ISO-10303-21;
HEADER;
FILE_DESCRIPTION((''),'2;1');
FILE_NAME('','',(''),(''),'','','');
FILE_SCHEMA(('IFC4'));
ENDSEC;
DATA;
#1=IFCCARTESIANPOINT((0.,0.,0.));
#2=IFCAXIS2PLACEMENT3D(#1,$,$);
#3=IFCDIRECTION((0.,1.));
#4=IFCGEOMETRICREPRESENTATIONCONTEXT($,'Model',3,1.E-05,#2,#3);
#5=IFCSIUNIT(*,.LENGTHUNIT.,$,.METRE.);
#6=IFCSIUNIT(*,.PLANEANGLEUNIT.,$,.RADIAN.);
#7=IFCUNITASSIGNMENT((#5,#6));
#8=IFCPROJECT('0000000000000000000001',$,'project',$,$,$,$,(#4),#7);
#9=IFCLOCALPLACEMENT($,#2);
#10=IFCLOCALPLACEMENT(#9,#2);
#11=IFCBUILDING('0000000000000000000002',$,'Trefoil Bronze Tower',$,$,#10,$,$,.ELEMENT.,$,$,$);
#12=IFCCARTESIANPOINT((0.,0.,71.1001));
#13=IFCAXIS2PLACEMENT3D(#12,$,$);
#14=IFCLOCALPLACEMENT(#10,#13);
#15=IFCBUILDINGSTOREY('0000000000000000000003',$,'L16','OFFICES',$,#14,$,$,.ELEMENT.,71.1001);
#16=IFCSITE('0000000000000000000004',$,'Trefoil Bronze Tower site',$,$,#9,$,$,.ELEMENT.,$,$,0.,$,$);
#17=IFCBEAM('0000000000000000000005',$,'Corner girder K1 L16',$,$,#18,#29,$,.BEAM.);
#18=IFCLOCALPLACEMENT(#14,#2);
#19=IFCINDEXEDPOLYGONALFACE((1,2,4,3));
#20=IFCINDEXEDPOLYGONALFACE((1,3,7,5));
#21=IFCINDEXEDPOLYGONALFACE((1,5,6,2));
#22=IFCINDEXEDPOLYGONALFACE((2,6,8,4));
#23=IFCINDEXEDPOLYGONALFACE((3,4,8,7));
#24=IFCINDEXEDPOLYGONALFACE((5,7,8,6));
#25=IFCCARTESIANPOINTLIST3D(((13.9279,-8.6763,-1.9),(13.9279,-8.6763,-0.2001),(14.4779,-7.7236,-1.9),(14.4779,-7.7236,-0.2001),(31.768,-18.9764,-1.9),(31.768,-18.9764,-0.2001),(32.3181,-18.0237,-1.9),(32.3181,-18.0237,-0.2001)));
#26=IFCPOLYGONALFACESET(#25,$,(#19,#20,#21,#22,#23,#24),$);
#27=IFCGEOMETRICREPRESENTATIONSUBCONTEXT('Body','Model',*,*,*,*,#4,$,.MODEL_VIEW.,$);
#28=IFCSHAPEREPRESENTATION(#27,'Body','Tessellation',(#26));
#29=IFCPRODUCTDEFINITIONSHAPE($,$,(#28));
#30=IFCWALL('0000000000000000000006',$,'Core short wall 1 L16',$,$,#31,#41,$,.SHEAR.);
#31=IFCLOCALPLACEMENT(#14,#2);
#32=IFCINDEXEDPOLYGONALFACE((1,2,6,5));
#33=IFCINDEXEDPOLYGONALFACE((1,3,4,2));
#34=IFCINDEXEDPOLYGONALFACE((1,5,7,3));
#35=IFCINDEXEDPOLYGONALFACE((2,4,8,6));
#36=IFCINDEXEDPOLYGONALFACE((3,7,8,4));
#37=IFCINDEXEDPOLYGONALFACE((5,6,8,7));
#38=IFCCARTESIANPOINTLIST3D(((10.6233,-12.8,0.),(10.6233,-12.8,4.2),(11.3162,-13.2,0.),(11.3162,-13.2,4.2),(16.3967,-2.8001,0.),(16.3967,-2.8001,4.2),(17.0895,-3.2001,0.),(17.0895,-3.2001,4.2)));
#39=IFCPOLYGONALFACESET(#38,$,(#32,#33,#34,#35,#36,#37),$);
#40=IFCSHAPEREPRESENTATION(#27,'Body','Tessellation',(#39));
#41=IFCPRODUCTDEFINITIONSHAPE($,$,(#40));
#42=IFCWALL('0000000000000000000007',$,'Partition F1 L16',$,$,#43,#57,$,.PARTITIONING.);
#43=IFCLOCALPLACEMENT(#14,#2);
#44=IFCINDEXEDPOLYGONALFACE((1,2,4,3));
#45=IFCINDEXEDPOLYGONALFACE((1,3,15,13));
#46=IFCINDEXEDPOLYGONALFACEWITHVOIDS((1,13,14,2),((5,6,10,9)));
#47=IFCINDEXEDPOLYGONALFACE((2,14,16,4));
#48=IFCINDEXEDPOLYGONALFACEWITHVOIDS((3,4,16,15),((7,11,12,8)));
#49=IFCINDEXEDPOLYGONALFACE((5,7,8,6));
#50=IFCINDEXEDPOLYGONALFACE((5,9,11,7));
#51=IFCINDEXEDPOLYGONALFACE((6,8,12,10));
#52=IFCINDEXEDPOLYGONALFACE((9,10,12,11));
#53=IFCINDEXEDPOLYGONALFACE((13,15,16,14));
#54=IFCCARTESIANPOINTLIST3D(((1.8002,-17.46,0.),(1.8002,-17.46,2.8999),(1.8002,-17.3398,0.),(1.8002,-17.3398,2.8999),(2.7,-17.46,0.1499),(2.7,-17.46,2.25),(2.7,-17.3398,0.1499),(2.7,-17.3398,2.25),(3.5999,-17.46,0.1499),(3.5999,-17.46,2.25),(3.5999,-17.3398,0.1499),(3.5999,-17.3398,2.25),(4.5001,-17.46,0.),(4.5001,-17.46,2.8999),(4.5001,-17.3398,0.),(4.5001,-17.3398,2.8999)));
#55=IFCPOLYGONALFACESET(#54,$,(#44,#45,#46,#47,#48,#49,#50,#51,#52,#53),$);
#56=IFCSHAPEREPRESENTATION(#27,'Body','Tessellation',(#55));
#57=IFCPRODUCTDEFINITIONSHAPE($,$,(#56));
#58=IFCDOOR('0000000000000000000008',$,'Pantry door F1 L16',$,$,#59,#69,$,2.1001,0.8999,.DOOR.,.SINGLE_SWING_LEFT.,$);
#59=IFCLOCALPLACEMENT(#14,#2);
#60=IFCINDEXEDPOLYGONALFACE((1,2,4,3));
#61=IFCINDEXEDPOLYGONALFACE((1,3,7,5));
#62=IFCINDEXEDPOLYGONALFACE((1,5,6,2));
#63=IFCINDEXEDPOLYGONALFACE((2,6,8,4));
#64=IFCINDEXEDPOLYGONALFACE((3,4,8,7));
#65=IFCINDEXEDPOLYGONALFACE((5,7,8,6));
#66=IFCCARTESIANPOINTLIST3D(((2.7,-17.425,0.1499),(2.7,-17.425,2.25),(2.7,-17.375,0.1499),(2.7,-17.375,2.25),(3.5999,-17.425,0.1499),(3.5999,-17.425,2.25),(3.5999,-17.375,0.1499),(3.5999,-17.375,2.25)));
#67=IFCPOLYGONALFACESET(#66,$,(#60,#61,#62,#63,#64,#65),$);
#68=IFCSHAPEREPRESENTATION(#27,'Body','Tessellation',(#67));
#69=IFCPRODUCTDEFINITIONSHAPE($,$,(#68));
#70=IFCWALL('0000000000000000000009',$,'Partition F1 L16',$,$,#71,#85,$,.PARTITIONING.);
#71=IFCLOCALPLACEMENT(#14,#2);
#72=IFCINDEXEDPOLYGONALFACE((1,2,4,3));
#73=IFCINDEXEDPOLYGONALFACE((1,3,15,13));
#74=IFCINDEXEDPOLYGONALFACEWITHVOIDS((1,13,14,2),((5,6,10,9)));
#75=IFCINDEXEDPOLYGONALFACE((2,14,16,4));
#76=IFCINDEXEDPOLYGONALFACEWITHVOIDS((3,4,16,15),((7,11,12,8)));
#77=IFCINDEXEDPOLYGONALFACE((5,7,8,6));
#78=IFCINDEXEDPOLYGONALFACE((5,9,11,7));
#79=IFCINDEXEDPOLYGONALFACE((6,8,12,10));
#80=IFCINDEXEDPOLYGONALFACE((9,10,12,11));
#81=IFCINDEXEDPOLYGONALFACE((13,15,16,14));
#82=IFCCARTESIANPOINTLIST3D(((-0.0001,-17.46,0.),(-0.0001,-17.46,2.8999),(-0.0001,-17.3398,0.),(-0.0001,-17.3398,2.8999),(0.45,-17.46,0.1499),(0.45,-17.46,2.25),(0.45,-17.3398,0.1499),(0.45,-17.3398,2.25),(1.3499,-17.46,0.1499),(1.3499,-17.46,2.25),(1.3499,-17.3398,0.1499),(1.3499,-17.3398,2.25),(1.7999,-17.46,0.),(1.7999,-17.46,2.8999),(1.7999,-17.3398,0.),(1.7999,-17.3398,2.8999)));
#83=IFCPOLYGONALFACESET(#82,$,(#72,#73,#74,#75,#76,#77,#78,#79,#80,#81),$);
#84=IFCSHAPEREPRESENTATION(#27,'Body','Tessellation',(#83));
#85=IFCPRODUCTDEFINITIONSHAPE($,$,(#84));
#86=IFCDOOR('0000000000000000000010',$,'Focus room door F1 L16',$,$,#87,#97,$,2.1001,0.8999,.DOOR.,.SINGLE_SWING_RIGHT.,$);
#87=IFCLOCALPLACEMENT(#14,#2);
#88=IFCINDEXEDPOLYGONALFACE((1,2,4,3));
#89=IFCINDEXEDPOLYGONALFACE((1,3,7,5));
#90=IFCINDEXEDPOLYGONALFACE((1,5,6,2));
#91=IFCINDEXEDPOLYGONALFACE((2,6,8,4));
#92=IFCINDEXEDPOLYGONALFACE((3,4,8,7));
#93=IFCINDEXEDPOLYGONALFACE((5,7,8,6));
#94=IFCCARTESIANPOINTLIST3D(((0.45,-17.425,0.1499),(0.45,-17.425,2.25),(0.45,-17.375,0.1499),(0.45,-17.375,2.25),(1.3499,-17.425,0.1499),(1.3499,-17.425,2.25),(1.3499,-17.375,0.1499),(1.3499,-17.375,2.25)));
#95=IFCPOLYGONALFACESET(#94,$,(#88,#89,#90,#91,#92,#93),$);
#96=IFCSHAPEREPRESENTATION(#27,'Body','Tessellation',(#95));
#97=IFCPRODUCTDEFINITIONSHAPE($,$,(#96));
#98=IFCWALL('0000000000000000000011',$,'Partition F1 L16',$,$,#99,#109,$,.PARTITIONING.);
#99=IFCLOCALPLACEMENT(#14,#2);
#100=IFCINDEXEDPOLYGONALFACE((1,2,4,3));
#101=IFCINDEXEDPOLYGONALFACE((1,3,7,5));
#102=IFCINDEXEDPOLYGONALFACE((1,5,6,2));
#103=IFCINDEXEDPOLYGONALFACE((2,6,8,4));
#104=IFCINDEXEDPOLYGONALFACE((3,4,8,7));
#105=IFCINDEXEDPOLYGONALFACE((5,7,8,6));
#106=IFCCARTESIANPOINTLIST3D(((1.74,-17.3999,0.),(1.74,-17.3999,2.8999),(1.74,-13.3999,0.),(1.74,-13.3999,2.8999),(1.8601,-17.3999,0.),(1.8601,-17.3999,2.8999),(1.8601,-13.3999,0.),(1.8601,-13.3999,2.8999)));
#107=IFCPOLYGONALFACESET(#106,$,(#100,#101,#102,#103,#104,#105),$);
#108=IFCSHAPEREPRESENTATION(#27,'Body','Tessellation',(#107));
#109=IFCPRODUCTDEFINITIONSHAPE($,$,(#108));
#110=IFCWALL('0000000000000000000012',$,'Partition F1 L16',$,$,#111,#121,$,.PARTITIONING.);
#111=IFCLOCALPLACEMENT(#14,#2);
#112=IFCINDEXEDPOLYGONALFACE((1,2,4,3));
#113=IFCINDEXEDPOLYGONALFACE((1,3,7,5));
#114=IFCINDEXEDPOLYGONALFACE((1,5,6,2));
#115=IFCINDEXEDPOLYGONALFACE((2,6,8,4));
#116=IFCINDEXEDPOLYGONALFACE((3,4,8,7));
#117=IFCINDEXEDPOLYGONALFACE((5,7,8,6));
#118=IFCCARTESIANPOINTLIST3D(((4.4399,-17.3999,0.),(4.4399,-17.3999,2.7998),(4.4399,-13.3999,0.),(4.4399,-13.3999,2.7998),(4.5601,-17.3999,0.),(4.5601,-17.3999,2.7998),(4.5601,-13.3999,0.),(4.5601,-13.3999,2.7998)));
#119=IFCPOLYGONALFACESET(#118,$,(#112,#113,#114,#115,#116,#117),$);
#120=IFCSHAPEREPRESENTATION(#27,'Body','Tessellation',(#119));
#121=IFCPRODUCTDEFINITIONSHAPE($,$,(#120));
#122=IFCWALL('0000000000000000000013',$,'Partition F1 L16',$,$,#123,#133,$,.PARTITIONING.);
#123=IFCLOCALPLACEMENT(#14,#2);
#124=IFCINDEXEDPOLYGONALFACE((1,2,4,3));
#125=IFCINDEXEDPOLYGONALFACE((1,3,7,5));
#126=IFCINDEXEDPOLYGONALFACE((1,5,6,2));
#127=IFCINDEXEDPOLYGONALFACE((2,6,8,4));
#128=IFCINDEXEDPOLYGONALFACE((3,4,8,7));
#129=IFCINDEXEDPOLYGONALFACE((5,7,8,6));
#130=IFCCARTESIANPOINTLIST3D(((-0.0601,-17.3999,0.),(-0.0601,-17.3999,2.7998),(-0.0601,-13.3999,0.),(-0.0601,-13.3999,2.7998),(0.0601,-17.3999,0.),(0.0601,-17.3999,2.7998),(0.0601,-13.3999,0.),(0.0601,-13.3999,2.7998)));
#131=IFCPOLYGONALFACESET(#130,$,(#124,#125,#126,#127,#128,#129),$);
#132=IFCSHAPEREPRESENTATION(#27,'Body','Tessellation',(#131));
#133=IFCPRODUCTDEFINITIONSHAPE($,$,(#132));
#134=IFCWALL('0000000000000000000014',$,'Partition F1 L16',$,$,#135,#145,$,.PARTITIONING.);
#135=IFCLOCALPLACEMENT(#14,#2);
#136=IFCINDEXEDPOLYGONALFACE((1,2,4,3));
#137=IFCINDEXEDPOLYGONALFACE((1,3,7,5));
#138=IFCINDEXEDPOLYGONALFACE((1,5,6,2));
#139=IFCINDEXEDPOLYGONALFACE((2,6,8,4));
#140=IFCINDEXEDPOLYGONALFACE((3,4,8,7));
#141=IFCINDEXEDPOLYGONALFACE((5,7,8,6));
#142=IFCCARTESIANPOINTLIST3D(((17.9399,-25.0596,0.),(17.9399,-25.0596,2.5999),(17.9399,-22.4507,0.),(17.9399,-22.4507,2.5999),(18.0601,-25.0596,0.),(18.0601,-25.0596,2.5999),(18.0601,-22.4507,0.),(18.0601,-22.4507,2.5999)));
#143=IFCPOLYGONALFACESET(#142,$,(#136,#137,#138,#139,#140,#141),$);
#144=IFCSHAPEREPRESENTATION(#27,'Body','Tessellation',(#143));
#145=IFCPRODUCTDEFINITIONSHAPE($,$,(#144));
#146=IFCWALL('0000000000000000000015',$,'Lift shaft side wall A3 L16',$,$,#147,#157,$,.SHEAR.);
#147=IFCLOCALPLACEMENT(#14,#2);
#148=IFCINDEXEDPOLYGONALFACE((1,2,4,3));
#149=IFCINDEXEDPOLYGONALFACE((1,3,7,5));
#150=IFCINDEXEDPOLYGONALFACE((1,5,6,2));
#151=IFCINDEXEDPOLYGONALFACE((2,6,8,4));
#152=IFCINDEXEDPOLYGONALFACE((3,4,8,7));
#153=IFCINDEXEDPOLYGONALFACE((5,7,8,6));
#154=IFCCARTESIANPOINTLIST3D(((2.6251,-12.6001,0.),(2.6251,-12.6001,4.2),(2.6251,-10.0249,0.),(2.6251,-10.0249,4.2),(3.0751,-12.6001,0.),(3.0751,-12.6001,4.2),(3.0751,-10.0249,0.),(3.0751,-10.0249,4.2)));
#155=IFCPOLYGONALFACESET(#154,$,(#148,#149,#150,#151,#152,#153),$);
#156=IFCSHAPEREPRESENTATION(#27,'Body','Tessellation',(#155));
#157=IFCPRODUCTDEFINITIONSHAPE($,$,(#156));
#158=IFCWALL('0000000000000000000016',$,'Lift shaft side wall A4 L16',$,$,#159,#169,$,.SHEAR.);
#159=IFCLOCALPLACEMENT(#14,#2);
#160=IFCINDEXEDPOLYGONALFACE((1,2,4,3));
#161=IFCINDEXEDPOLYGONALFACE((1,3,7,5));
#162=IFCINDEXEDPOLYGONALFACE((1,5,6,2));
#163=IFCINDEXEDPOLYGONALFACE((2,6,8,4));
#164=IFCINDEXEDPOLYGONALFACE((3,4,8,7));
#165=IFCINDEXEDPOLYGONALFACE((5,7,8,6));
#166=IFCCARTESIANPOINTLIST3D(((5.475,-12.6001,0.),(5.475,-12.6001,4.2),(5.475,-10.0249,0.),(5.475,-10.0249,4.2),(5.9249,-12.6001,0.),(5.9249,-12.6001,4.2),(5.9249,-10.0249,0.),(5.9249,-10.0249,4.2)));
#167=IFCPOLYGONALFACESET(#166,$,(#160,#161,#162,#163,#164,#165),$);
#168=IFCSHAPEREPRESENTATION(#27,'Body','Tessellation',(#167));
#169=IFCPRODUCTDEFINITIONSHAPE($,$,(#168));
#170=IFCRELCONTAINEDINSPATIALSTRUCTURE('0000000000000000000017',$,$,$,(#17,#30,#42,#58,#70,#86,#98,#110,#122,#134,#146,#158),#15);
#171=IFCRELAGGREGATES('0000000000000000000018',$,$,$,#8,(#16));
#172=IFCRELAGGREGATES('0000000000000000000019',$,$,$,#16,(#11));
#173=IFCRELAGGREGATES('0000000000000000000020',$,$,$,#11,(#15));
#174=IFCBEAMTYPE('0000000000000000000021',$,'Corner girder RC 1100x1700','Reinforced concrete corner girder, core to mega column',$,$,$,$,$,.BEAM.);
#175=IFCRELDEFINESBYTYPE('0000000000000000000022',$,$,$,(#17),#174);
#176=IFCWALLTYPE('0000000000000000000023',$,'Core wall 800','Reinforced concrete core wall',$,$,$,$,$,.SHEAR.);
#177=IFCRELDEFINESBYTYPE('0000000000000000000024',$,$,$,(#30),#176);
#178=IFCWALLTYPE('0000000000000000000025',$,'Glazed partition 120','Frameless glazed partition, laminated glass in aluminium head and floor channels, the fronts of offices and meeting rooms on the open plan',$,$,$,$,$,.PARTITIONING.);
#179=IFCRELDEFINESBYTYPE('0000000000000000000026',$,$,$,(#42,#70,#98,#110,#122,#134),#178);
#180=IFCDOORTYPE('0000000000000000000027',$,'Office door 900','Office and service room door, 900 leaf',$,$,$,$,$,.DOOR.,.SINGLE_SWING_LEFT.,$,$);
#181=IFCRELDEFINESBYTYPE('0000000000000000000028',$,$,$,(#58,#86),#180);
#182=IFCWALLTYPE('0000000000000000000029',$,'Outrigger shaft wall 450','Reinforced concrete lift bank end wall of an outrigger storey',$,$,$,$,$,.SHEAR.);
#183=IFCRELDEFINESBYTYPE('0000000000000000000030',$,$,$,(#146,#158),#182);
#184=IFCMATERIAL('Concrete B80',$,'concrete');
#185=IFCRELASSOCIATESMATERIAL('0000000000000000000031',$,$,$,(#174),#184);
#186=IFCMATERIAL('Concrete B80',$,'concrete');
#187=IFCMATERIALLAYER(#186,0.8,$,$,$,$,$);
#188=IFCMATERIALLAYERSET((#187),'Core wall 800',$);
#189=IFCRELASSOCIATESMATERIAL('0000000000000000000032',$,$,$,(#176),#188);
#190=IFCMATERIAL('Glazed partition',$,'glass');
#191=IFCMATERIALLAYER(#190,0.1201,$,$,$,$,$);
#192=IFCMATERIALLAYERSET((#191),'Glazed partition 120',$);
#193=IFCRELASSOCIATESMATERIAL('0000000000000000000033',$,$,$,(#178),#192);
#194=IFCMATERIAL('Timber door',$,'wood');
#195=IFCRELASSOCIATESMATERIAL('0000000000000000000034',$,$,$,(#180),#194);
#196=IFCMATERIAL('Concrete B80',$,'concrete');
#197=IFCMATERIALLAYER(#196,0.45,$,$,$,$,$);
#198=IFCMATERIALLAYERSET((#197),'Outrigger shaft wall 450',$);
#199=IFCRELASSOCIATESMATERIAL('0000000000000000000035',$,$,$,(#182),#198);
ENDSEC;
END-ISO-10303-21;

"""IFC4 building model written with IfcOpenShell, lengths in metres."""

from ifc_helpers import new_model, si_unit, direction, frame, frame_2d, origin, origin_2d, place, context, subcontext, project, spatial, rectangle, extrude, material, layer, layer_set, material_profile, profile_set, type_object, element, fill, save


model = new_model("IFC4")

# Units and contexts
model_context = context("Model", 3, precision=1e-05, world=origin(), true_north=direction((0.0, 1.0)))
body_context = subcontext(model_context, "Body", "Model", "MODEL_VIEW")
ifc_project = project(units=[si_unit("LENGTHUNIT", "METRE"), si_unit("PLANEANGLEUNIT", "RADIAN")], contexts=[model_context])

# Site, building, storey
site_placement = place(None, origin())
site = spatial("IfcSite", under=ifc_project, at=site_placement, Name="Trefoil Bronze Tower site", CompositionType="ELEMENT", RefElevation=0.0)
building_placement = place(site_placement, origin())
building = spatial("IfcBuilding", under=site, at=building_placement, Name="Trefoil Bronze Tower", CompositionType="ELEMENT")
storey_placement = place(building_placement, frame((0.0, 0.0, 71.1001)))
storey = spatial("IfcBuildingStorey", under=building, at=storey_placement, Name="L16", Description="OFFICES", CompositionType="ELEMENT", Elevation=71.1001)

# Beam
ifc_material_1 = material(Name="Concrete B80", Category="concrete")
ifc_material_profile_1 = material_profile(ifc_material_1, rectangle(XDim=1.1001, YDim=1.7, at=origin_2d()), Name="RC 1100x1700")
ifc_profile_set_1 = profile_set([ifc_material_profile_1], Name="Concrete B80")
beam_type_1 = type_object("IfcBeamType", Name="Corner girder RC 1100x1700", Description="Reinforced concrete corner girder, core to mega column", PredefinedType="BEAM", material=ifc_profile_set_1)
beam_placement = place(storey_placement, frame((14.2029, -8.2, -1.05), z_axis=(0.866024, -0.500003, 0.0), x_axis=(0.500003, 0.866024, 0.0)))
element("IfcBeam", 1, at=beam_placement, inside=storey, type_object=beam_type_1, Name="Corner girder K1 L16", PredefinedType="BEAM", context=body_context, shape_type="SweptSolid", body=[
    extrude(rectangle(XDim=1.1001, YDim=1.7, at=origin_2d()), origin(), (0.0, 0.0, 1.0), 20.6001),
])

# Wall
ifc_material_2 = material(Name="Concrete B80", Category="concrete")
ifc_layer_1 = layer(ifc_material_2, 0.8)
ifc_layer_set_1 = layer_set([ifc_layer_1], Name="Core wall 800")
wall_type_1 = type_object("IfcWallType", Name="Core wall 800", Description="Reinforced concrete core wall", PredefinedType="SHEAR", material=ifc_layer_set_1)
wall_1_placement = place(storey_placement, frame((10.9697, -13.0, 0.0), z_axis=(0.0, 0.0, 1.0), x_axis=(0.499996, 0.866028, 0.0)))
element("IfcWall", 2, at=wall_1_placement, inside=storey, type_object=wall_type_1, Name="Core short wall 1 L16", PredefinedType="SHEAR", context=body_context, shape_type="SweptSolid", body=[
    extrude(rectangle(XDim=11.5469, YDim=0.8, at=frame_2d((5.7734, 0.0))), origin(), (0.0, 0.0, 1.0), 4.2),
])

# Walls, openings, doors
ifc_material_3 = material(Name="Glazed partition", Category="glass")
ifc_layer_2 = layer(ifc_material_3, 0.1201)
ifc_layer_set_2 = layer_set([ifc_layer_2], Name="Glazed partition 120")
wall_type_2 = type_object("IfcWallType", Name="Glazed partition 120", Description="Frameless glazed partition, laminated glass in aluminium head and floor channels, the fronts of offices and meeting rooms on the open plan", PredefinedType="PARTITIONING", material=ifc_layer_set_2)
wall_2_placement = place(storey_placement, frame((1.8, -17.3999, 0.0), z_axis=(0.0, 0.0, 1.0), x_axis=(1.0, 0.0, 0.0)))
wall_2 = element("IfcWall", 3, at=wall_2_placement, inside=storey, type_object=wall_type_2, Name="Partition F1 L16", PredefinedType="PARTITIONING", context=body_context, shape_type="SweptSolid", body=[
    extrude(rectangle(XDim=2.7, YDim=0.1201, at=frame_2d((1.3501, 0.0))), origin(), (0.0, 0.0, 1.0), 2.8999),
])
opening_1_placement = place(wall_2_placement, frame((0.8999, 0.0, 0.1499)))
opening_1 = element("IfcOpeningElement", 4, at=opening_1_placement, cuts=wall_2, PredefinedType="OPENING", context=body_context, shape_type="SweptSolid", body=[
    extrude(rectangle(XDim=0.8999, YDim=2.1001, at=frame_2d((0.45, 1.05))), frame((0.0, 0.0701, 0.0), z_axis=(0.0, -1.0, 0.0), x_axis=(1.0, 0.0, 0.0)), (0.0, 0.0, 1.0), 0.1401),
])
ifc_material_4 = material(Name="Timber door", Category="wood")
door_type_1 = type_object("IfcDoorType", Name="Office door 900", Description="Office and service room door, 900 leaf", OperationType="SINGLE_SWING_LEFT", PredefinedType="DOOR", material=ifc_material_4)
door_1_placement = place(opening_1_placement, origin())
door_1 = element("IfcDoor", 5, at=door_1_placement, inside=storey, type_object=door_type_1, Name="Pantry door F1 L16", OperationType="SINGLE_SWING_LEFT", OverallHeight=2.1001, OverallWidth=0.8999, PredefinedType="DOOR", context=body_context, shape_type="SweptSolid", body=[
    extrude(rectangle(XDim=0.8999, YDim=2.1001, at=frame_2d((0.45, 1.05))), frame((0.0, 0.0249, 0.0), z_axis=(0.0, -1.0, 0.0), x_axis=(1.0, 0.0, 0.0)), (0.0, 0.0, 1.0), 0.05),
])
fill(opening_1, door_1)
wall_3_placement = place(storey_placement, frame((0.0, -17.3999, 0.0), z_axis=(0.0, 0.0, 1.0), x_axis=(1.0, 0.0, 0.0)))
wall_3 = element("IfcWall", 6, at=wall_3_placement, inside=storey, type_object=wall_type_2, Name="Partition F1 L16", PredefinedType="PARTITIONING", context=body_context, shape_type="SweptSolid", body=[
    extrude(rectangle(XDim=1.8, YDim=0.1201, at=frame_2d((0.8999, 0.0))), origin(), (0.0, 0.0, 1.0), 2.8999),
])
opening_2_placement = place(wall_3_placement, frame((0.45, 0.0, 0.1499)))
opening_2 = element("IfcOpeningElement", 7, at=opening_2_placement, cuts=wall_3, PredefinedType="OPENING", context=body_context, shape_type="SweptSolid", body=[
    extrude(rectangle(XDim=0.8999, YDim=2.1001, at=frame_2d((0.45, 1.05))), frame((0.0, 0.0701, 0.0), z_axis=(0.0, -1.0, 0.0), x_axis=(1.0, 0.0, 0.0)), (0.0, 0.0, 1.0), 0.1401),
])
door_2_placement = place(opening_2_placement, origin())
door_2 = element("IfcDoor", 8, at=door_2_placement, inside=storey, type_object=door_type_1, Name="Focus room door F1 L16", OperationType="SINGLE_SWING_RIGHT", OverallHeight=2.1001, OverallWidth=0.8999, PredefinedType="DOOR", context=body_context, shape_type="SweptSolid", body=[
    extrude(rectangle(XDim=0.8999, YDim=2.1001, at=frame_2d((0.45, 1.05))), frame((0.0, 0.0249, 0.0), z_axis=(0.0, -1.0, 0.0), x_axis=(1.0, 0.0, 0.0)), (0.0, 0.0, 1.0), 0.05),
])
fill(opening_2, door_2)

# Walls
wall_4_placement = place(storey_placement, frame((1.8, -13.3999, 0.0), z_axis=(0.0, 0.0, 1.0), x_axis=(0.0, -1.0, 0.0)))
element("IfcWall", 9, at=wall_4_placement, inside=storey, type_object=wall_type_2, Name="Partition F1 L16", PredefinedType="PARTITIONING", context=body_context, shape_type="SweptSolid", body=[
    extrude(rectangle(XDim=4.0, YDim=0.1201, at=frame_2d((2.0, 0.0))), origin(), (0.0, 0.0, 1.0), 2.8999),
])
for number, where, z_axis, x_axis, name in (
    (10, (4.5, -13.3999, 0.0), (0.0, 0.0, 1.0), (0.0, -1.0, 0.0), "Partition F1 L16"),
    (11, (0.0, -13.3999, 0.0), (0.0, 0.0, 1.0), (0.0, -1.0, 0.0), "Partition F1 L16"),
):
    element("IfcWall", number, at=place(storey_placement, frame(where, z_axis=z_axis, x_axis=x_axis)), inside=storey, type_object=wall_type_2, Name=name, PredefinedType="PARTITIONING", context=body_context, shape_type="SweptSolid", body=[
        extrude(rectangle(XDim=4.0, YDim=0.1201, at=frame_2d((2.0, 0.0))), origin(), (0.0, 0.0, 1.0), 2.7998),
    ])
wall_5_placement = place(storey_placement, frame((18.0, -22.4507, 0.0), z_axis=(0.0, 0.0, 1.0), x_axis=(0.0, -1.0, 0.0)))
element("IfcWall", 12, at=wall_5_placement, inside=storey, type_object=wall_type_2, Name="Partition F1 L16", PredefinedType="PARTITIONING", context=body_context, shape_type="SweptSolid", body=[
    extrude(rectangle(XDim=2.6089, YDim=0.1201, at=frame_2d((1.3044, 0.0))), origin(), (0.0, 0.0, 1.0), 2.5999),
])
ifc_material_5 = material(Name="Concrete B80", Category="concrete")
ifc_layer_3 = layer(ifc_material_5, 0.45)
ifc_layer_set_3 = layer_set([ifc_layer_3], Name="Outrigger shaft wall 450")
wall_type_3 = type_object("IfcWallType", Name="Outrigger shaft wall 450", Description="Reinforced concrete lift bank end wall of an outrigger storey", PredefinedType="SHEAR", material=ifc_layer_set_3)
for number, where, z_axis, x_axis, name in (
    (13, (2.8501, -10.0249, 0.0), (0.0, 0.0, 1.0), (0.0, -1.0, 0.0), "Lift shaft side wall A3 L16"),
    (14, (5.7, -10.0249, 0.0), (0.0, 0.0, 1.0), (0.0, -1.0, 0.0), "Lift shaft side wall A4 L16"),
):
    element("IfcWall", number, at=place(storey_placement, frame(where, z_axis=z_axis, x_axis=x_axis)), inside=storey, type_object=wall_type_3, Name=name, PredefinedType="SHEAR", context=body_context, shape_type="SweptSolid", body=[
        extrude(rectangle(XDim=2.5752, YDim=0.45, at=frame_2d((1.2876, 0.0))), origin(), (0.0, 0.0, 1.0), 4.2),
    ])

save(model, "model.ifc")
